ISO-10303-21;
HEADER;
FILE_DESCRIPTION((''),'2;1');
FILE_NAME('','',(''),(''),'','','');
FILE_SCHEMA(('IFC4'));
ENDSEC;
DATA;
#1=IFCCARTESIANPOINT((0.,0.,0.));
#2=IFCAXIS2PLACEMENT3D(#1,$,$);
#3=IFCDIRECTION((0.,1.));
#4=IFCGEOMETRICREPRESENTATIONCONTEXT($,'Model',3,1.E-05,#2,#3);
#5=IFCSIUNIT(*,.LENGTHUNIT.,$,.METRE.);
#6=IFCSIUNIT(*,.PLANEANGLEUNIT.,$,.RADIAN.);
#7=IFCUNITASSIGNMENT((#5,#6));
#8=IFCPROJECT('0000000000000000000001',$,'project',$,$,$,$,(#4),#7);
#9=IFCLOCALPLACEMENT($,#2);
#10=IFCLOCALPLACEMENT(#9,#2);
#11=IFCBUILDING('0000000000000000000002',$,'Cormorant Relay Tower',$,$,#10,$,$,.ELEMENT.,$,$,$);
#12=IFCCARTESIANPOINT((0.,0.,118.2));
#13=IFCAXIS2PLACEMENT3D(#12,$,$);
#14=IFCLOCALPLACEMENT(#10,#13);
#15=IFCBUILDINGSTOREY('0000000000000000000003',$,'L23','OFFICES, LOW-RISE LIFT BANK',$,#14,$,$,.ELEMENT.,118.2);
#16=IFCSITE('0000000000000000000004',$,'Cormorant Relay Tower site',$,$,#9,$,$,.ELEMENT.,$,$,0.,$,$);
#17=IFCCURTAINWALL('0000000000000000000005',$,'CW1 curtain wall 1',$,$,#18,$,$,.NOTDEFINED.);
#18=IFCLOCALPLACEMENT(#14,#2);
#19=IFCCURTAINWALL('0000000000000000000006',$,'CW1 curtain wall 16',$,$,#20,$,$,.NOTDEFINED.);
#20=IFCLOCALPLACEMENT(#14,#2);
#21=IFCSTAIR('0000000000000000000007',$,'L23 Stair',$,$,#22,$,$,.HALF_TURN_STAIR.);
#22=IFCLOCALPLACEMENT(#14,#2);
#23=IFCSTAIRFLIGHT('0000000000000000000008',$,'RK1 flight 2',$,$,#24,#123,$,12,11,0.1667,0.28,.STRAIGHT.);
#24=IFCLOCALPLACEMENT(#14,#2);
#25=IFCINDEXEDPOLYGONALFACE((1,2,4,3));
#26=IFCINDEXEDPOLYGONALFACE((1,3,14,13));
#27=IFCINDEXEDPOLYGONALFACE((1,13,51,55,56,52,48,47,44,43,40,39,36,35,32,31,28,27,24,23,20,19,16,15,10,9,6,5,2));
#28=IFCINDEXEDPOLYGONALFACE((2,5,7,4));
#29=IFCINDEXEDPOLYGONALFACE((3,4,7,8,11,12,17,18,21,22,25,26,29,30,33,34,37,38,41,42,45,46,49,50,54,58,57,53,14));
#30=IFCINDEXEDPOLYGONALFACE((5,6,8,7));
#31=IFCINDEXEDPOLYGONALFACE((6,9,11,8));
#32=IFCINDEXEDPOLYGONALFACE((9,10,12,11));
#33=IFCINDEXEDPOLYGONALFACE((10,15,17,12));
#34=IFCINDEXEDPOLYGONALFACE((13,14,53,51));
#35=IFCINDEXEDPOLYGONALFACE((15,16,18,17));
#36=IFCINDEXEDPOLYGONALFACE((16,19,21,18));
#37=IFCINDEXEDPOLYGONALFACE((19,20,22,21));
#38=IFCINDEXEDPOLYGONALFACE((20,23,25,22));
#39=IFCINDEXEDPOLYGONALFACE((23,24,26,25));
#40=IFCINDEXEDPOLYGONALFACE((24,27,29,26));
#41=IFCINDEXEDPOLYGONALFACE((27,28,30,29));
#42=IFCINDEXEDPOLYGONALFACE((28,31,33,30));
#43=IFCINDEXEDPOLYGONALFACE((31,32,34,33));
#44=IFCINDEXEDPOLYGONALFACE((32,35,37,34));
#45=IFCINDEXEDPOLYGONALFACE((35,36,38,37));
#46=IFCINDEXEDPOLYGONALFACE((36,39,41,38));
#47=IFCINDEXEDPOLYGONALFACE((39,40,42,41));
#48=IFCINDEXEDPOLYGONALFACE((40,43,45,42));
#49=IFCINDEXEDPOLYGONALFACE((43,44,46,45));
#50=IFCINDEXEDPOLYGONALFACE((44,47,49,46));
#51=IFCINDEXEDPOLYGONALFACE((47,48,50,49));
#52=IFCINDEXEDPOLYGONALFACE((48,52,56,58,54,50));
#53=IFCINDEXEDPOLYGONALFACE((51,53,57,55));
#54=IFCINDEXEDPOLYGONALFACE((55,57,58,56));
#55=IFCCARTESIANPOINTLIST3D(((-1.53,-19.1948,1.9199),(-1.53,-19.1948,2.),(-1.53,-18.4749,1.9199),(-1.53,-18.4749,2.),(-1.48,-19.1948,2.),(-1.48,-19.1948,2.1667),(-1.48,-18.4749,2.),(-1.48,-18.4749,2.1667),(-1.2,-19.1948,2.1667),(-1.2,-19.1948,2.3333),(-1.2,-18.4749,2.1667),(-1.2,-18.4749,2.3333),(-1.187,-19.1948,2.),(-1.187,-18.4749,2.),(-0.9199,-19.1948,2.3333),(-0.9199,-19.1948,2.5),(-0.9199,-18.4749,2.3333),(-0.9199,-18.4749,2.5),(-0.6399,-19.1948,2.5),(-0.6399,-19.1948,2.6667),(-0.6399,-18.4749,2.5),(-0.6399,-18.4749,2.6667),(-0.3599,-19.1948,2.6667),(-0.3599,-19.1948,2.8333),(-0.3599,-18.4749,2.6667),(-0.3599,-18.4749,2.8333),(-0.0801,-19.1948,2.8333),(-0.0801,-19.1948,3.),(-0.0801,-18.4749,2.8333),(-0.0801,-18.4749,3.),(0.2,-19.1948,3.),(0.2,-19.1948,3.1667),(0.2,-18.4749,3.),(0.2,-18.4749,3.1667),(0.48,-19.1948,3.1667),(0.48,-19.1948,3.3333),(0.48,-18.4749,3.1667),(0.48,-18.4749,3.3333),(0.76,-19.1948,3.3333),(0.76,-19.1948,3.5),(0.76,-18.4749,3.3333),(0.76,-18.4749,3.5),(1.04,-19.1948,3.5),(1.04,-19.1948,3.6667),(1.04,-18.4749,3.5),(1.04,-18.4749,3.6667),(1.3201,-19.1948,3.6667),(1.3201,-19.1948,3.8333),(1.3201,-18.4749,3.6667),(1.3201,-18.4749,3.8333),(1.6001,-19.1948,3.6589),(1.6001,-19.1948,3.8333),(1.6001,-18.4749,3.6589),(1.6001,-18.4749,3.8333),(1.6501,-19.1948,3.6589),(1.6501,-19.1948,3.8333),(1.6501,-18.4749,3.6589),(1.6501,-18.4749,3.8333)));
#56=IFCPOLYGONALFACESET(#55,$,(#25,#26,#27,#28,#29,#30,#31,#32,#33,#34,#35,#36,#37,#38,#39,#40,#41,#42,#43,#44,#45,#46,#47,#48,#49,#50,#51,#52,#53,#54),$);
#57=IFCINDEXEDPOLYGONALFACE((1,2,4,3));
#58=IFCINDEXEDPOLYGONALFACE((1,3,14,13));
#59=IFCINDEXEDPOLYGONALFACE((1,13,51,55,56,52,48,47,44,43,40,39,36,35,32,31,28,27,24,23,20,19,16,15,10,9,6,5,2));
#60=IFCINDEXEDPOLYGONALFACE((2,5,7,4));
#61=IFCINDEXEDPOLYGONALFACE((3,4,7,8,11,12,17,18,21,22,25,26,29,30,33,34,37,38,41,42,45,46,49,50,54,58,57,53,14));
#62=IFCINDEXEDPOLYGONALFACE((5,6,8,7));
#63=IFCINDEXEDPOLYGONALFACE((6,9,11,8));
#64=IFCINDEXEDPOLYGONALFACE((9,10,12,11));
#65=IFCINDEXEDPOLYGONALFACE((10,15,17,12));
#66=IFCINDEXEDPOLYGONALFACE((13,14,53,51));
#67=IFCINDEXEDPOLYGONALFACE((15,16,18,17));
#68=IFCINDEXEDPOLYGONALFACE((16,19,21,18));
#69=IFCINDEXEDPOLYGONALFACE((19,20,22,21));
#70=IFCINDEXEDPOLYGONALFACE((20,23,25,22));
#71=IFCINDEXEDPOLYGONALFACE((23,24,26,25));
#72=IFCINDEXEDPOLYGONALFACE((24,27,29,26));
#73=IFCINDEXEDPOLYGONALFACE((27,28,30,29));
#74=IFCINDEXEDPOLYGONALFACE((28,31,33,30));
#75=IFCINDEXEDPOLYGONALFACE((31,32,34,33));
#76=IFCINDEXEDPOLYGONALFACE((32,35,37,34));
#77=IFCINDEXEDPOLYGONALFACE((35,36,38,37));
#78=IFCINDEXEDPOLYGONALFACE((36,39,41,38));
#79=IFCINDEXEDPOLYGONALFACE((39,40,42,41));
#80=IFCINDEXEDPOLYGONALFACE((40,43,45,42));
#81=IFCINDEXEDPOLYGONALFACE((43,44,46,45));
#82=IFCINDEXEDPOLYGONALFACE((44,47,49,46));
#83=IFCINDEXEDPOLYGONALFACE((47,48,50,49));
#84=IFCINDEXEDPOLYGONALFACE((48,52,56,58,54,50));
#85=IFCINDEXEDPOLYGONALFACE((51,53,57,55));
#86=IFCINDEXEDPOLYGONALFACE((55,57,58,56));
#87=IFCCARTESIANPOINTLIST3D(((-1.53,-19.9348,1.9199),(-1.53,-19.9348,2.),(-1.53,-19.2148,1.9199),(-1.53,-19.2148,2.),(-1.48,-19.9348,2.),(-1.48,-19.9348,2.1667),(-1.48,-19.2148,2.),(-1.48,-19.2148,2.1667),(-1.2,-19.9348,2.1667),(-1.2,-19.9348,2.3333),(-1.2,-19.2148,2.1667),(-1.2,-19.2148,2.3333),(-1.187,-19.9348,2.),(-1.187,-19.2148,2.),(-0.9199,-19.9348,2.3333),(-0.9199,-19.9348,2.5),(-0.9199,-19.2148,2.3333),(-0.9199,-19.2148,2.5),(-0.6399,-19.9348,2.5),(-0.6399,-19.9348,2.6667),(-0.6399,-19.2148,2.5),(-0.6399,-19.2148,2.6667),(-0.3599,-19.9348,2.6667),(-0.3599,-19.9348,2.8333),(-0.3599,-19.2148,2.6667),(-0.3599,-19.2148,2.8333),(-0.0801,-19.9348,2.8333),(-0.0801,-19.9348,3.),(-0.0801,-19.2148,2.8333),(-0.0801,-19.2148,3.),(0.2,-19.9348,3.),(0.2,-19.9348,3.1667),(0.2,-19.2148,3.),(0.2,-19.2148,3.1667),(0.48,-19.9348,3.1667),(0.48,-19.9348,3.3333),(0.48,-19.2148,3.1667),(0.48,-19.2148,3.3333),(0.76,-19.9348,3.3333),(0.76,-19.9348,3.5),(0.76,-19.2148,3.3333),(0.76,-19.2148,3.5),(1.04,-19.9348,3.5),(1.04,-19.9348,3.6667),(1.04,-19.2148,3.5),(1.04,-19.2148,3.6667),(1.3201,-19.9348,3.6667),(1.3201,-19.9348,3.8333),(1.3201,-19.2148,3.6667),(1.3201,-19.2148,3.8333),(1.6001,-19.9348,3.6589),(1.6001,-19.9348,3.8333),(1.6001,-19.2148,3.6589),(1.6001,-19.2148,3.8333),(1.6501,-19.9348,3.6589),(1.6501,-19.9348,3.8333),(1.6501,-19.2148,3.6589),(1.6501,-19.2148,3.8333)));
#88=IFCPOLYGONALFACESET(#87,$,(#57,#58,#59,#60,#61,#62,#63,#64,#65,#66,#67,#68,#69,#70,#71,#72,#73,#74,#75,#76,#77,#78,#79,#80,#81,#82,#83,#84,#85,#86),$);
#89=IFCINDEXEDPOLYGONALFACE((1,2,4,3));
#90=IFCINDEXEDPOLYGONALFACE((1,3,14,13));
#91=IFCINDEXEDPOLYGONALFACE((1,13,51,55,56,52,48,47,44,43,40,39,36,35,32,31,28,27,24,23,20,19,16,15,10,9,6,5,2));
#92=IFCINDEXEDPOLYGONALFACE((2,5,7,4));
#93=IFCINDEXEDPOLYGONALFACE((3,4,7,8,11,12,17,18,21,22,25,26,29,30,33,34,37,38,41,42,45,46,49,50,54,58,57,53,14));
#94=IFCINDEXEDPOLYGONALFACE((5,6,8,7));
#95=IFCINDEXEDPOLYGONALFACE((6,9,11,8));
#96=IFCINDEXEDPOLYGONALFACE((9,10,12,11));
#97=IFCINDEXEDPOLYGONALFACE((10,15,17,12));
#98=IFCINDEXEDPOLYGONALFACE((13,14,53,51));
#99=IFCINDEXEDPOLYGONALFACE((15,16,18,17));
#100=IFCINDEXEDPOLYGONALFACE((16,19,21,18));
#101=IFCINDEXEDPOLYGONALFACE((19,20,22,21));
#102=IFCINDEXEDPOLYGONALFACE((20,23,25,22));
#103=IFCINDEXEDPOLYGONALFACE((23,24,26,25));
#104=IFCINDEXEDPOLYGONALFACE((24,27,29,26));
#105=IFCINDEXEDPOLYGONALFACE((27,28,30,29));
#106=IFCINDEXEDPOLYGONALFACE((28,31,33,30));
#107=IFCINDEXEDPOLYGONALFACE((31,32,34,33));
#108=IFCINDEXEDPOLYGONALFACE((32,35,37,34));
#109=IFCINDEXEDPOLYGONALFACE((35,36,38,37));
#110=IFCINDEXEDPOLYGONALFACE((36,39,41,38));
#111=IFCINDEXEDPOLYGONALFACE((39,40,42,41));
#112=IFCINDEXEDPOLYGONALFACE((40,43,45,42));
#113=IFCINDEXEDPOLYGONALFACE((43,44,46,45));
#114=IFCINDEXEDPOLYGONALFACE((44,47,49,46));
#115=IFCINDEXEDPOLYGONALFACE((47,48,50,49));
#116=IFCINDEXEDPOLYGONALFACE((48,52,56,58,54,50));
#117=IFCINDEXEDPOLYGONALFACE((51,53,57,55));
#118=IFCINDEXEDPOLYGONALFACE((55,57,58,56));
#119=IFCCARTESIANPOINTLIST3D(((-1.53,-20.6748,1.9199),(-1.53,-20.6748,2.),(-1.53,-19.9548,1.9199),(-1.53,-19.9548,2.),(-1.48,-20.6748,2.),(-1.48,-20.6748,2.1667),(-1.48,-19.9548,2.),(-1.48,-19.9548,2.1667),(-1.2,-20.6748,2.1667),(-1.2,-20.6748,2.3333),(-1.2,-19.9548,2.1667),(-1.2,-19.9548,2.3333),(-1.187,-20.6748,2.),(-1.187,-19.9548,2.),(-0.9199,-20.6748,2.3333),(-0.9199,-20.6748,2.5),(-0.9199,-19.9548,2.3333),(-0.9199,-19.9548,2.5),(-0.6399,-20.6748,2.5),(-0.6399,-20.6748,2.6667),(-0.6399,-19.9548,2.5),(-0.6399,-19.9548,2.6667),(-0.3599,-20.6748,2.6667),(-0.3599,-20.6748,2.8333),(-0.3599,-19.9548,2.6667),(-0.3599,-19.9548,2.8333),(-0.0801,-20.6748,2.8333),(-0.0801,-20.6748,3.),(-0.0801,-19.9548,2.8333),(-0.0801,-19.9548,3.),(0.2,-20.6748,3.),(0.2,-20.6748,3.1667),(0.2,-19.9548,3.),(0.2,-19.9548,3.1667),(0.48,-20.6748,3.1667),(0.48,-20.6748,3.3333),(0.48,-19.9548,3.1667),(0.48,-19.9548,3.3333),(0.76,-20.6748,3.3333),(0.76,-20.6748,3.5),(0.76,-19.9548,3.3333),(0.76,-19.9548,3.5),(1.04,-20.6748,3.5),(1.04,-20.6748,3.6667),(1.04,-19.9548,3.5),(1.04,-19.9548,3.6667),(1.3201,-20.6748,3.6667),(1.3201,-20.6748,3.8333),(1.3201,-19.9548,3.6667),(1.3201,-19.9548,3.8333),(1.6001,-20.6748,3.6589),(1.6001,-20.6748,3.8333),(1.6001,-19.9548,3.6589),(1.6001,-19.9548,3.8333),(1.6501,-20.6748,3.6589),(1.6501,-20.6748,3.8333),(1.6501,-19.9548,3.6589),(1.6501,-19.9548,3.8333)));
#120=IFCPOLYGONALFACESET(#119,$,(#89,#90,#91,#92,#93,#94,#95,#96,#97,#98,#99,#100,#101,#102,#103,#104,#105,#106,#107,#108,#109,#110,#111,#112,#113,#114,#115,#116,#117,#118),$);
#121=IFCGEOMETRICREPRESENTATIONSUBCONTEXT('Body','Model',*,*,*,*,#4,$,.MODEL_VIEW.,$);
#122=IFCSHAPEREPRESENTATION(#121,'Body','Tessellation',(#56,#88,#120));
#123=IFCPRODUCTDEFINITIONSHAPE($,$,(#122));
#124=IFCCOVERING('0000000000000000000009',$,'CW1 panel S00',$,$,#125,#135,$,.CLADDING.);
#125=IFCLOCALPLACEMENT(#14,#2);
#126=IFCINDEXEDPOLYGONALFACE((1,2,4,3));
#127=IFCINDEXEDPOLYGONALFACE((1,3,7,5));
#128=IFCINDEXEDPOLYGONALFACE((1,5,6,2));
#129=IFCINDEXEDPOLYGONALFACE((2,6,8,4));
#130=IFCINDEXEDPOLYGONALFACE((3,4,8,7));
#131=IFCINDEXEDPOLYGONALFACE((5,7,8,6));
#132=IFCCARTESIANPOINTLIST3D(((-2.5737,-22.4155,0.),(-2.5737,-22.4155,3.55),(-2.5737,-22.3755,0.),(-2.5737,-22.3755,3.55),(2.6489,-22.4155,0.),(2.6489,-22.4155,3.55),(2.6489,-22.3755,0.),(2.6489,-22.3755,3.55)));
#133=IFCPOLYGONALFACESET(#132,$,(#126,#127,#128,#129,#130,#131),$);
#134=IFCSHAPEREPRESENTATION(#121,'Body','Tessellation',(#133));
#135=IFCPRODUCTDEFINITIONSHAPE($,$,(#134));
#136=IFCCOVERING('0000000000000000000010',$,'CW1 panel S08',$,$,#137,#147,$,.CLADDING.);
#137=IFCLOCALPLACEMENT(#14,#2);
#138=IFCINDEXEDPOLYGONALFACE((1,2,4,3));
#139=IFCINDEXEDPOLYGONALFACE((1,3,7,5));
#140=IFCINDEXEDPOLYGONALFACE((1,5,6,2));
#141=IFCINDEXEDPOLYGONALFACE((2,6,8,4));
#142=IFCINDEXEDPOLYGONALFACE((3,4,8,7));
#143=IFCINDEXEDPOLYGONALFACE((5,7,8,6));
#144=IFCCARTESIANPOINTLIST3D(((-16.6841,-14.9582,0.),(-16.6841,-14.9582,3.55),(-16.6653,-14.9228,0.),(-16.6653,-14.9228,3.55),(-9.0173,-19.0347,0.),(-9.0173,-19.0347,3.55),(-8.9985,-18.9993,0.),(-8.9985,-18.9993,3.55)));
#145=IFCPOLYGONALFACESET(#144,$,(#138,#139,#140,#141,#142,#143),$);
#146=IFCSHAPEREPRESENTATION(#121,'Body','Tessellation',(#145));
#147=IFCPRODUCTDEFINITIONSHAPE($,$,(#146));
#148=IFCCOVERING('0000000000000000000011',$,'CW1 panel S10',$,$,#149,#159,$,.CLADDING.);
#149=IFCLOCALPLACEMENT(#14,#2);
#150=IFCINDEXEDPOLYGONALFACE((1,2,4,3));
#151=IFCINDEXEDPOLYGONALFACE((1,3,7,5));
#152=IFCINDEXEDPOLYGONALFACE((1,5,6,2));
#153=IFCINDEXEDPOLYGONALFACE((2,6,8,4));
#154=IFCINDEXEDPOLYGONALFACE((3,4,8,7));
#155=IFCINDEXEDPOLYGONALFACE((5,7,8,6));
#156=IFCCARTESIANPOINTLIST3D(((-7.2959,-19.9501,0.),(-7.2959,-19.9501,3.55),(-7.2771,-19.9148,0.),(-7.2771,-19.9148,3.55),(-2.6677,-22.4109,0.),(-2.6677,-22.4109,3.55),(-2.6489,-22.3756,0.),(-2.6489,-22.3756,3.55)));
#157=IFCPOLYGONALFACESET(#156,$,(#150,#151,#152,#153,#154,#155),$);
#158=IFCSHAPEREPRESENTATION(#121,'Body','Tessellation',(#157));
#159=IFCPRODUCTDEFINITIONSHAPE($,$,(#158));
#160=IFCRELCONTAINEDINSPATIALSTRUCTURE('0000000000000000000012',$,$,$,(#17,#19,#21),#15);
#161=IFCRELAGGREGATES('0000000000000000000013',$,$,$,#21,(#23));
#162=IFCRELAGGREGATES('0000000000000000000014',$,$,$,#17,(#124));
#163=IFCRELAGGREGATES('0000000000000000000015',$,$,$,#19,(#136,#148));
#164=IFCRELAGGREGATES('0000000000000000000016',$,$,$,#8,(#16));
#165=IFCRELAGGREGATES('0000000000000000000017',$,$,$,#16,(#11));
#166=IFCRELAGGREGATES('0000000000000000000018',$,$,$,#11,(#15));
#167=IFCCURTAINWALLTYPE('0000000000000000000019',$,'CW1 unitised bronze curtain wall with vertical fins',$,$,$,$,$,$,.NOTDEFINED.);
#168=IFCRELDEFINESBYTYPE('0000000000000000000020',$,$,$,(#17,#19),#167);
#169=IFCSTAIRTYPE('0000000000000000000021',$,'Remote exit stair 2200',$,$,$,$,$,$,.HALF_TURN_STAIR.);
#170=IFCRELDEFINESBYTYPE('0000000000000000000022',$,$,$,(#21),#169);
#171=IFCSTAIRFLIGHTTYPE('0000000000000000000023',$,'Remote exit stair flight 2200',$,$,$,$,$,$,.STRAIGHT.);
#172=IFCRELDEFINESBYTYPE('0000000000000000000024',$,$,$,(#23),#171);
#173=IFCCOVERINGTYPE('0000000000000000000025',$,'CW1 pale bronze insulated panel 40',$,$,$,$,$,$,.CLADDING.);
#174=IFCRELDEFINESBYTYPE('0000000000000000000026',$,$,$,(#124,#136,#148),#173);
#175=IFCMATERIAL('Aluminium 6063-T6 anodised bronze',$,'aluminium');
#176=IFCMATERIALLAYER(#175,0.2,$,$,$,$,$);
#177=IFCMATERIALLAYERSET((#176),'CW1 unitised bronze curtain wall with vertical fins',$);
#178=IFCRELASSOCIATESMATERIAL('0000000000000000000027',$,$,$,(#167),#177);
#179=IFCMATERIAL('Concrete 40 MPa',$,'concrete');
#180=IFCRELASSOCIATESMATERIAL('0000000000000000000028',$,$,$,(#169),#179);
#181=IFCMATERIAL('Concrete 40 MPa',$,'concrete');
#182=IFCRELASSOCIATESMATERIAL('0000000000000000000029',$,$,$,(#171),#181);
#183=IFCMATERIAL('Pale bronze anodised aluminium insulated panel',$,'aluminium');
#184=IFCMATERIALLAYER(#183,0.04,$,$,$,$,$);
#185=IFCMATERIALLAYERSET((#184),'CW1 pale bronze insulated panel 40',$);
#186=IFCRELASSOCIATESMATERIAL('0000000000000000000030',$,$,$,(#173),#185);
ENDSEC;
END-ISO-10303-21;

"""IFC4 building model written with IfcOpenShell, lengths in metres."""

from ifc_helpers import new_model, si_unit, direction, frame, origin, origin_2d, place, context, subcontext, project, spatial, polyline, rectangle, outline, extrude, material, layer, layer_set, type_object, element, aggregate, save


model = new_model("IFC4")

# Units and contexts
model_context = context("Model", 3, precision=1e-05, world=origin(), true_north=direction((0.0, 1.0)))
body_context = subcontext(model_context, "Body", "Model", "MODEL_VIEW")
ifc_project = project(units=[si_unit("LENGTHUNIT", "METRE"), si_unit("PLANEANGLEUNIT", "RADIAN")], contexts=[model_context])

# Site, building, storey
site_placement = place(None, origin())
site = spatial("IfcSite", under=ifc_project, at=site_placement, Name="Cormorant Relay Tower site", CompositionType="ELEMENT", RefElevation=0.0)
building_placement = place(site_placement, origin())
building = spatial("IfcBuilding", under=site, at=building_placement, Name="Cormorant Relay Tower", CompositionType="ELEMENT")
storey_placement = place(building_placement, frame((0.0, 0.0, 118.2)))
storey = spatial("IfcBuildingStorey", under=building, at=storey_placement, Name="L23", Description="OFFICES, LOW-RISE LIFT BANK", CompositionType="ELEMENT", Elevation=118.2)

# Curtain wall
ifc_material_1 = material(Name="Aluminium 6063-T6 anodised bronze", Category="aluminium")
ifc_layer_1 = layer(ifc_material_1, 0.2)
ifc_layer_set_1 = layer_set([ifc_layer_1], Name="CW1 unitised bronze curtain wall with vertical fins")
curtain_wall_type = type_object("IfcCurtainWallType", Name="CW1 unitised bronze curtain wall with vertical fins", PredefinedType="NOTDEFINED", material=ifc_layer_set_1)
curtain_wall_1_placement = place(storey_placement, origin())
curtain_wall_1 = element("IfcCurtainWall", 1, at=curtain_wall_1_placement, inside=storey, type_object=curtain_wall_type, Name="CW1 curtain wall 1", PredefinedType="NOTDEFINED")

# Curtain wall
curtain_wall_2_placement = place(storey_placement, origin())
curtain_wall_2 = element("IfcCurtainWall", 2, at=curtain_wall_2_placement, inside=storey, type_object=curtain_wall_type, Name="CW1 curtain wall 16", PredefinedType="NOTDEFINED")

# Stair, stair flight
ifc_material_2 = material(Name="Concrete 40 MPa", Category="concrete")
stair_type = type_object("IfcStairType", Name="Remote exit stair 2200", PredefinedType="HALF_TURN_STAIR", material=ifc_material_2)
stair_placement = place(storey_placement, origin())
stair = element("IfcStair", 3, at=stair_placement, inside=storey, type_object=stair_type, Name="L23 Stair", PredefinedType="HALF_TURN_STAIR")
ifc_material_3 = material(Name="Concrete 40 MPa", Category="concrete")
stair_flight_type = type_object("IfcStairFlightType", Name="Remote exit stair flight 2200", PredefinedType="STRAIGHT", material=ifc_material_3)
stair_flight_1_placement = place(storey_placement, frame((-1.48, -19.575, 2.0), z_axis=(0.0, 0.0, 1.0), x_axis=(1.0, 0.0, 0.0)))
stair_flight_1 = element("IfcStairFlight", 4, at=stair_flight_1_placement, type_object=stair_flight_type, Name="RK1 flight 2", NumberOfRisers=12, NumberOfTreads=11, PredefinedType="STRAIGHT", RiserHeight=0.1667, TreadLength=0.28, context=body_context, shape_type="SweptSolid", body=[
    extrude(outline(polyline([(-0.05, -0.0801), (-0.05, 0.0), (0.0, 0.0), (0.0, 0.1667), (0.28, 0.1667), (0.28, 0.3333), (0.5601, 0.3333), (0.5601, 0.5), (0.8401, 0.5), (0.8401, 0.6667), (1.1201, 0.6667), (1.1201, 0.8333), (1.3999, 0.8333), (1.3999, 1.0), (1.6799, 1.0), (1.6799, 1.1667), (1.96, 1.1667), (1.96, 1.3333), (2.24, 1.3333), (2.24, 1.5), (2.52, 1.5), (2.52, 1.6667), (2.8, 1.6667), (2.8, 1.8333), (3.0801, 1.8333), (3.1301, 1.8333), (3.1301, 1.6589), (3.0801, 1.6589), (0.293, 0.0), (-0.05, -0.0801)])), frame((0.0, 1.1001, 0.0), z_axis=(0.0, -1.0, 0.0), x_axis=(1.0, 0.0, 0.0)), (0.0, 0.0, 1.0), 0.72),
    extrude(outline(polyline([(-0.05, -0.0801), (-0.05, 0.0), (0.0, 0.0), (0.0, 0.1667), (0.28, 0.1667), (0.28, 0.3333), (0.5601, 0.3333), (0.5601, 0.5), (0.8401, 0.5), (0.8401, 0.6667), (1.1201, 0.6667), (1.1201, 0.8333), (1.3999, 0.8333), (1.3999, 1.0), (1.6799, 1.0), (1.6799, 1.1667), (1.96, 1.1667), (1.96, 1.3333), (2.24, 1.3333), (2.24, 1.5), (2.52, 1.5), (2.52, 1.6667), (2.8, 1.6667), (2.8, 1.8333), (3.0801, 1.8333), (3.1301, 1.8333), (3.1301, 1.6589), (3.0801, 1.6589), (0.293, 0.0), (-0.05, -0.0801)])), frame((0.0, 0.3601, 0.0), z_axis=(0.0, -1.0, 0.0), x_axis=(1.0, 0.0, 0.0)), (0.0, 0.0, 1.0), 0.72),
    extrude(outline(polyline([(-0.05, -0.0801), (-0.05, 0.0), (0.0, 0.0), (0.0, 0.1667), (0.28, 0.1667), (0.28, 0.3333), (0.5601, 0.3333), (0.5601, 0.5), (0.8401, 0.5), (0.8401, 0.6667), (1.1201, 0.6667), (1.1201, 0.8333), (1.3999, 0.8333), (1.3999, 1.0), (1.6799, 1.0), (1.6799, 1.1667), (1.96, 1.1667), (1.96, 1.3333), (2.24, 1.3333), (2.24, 1.5), (2.52, 1.5), (2.52, 1.6667), (2.8, 1.6667), (2.8, 1.8333), (3.0801, 1.8333), (3.1301, 1.8333), (3.1301, 1.6589), (3.0801, 1.6589), (0.293, 0.0), (-0.05, -0.0801)])), frame((0.0, -0.3799, 0.0), z_axis=(0.0, -1.0, 0.0), x_axis=(1.0, 0.0, 0.0)), (0.0, 0.0, 1.0), 0.72),
])
aggregate(stair, [stair_flight_1])

# Coverings
ifc_material_4 = material(Name="Pale bronze anodised aluminium insulated panel", Category="aluminium")
ifc_layer_2 = layer(ifc_material_4, 0.04)
ifc_layer_set_2 = layer_set([ifc_layer_2], Name="CW1 pale bronze insulated panel 40")
covering_type = type_object("IfcCoveringType", Name="CW1 pale bronze insulated panel 40", PredefinedType="CLADDING", material=ifc_layer_set_2)
covering_1_placement = place(storey_placement, frame((0.0376, -22.3955, 0.0), z_axis=(0.0, 0.0, 1.0), x_axis=(1.0, 0.0, 0.0)))
covering_1 = element("IfcCovering", 5, at=covering_1_placement, type_object=covering_type, Name="CW1 panel S00", PredefinedType="CLADDING", context=body_context, shape_type="SweptSolid", body=[
    extrude(rectangle(XDim=5.2227, YDim=0.04, at=origin_2d()), origin(), (0.0, 0.0, 1.0), 3.55),
])
aggregate(curtain_wall_1, [covering_1])
covering_2_placement = place(storey_placement, frame((-12.8413, -16.9788, 0.0), z_axis=(0.0, 0.0, 1.0), x_axis=(0.882948, -0.469472, 0.0)))
covering_2 = element("IfcCovering", 6, at=covering_2_placement, type_object=covering_type, Name="CW1 panel S08", PredefinedType="CLADDING", context=body_context, shape_type="SweptSolid", body=[
    extrude(rectangle(XDim=8.6831, YDim=0.04, at=origin_2d()), origin(), (0.0, 0.0, 1.0), 3.55),
])
covering_3_placement = place(storey_placement, frame((-4.9724, -21.1628, 0.0), z_axis=(0.0, 0.0, 1.0), x_axis=(0.882948, -0.469472, 0.0)))
covering_3 = element("IfcCovering", 7, at=covering_3_placement, type_object=covering_type, Name="CW1 panel S10", PredefinedType="CLADDING", context=body_context, shape_type="SweptSolid", body=[
    extrude(rectangle(XDim=5.2417, YDim=0.04, at=origin_2d()), origin(), (0.0, 0.0, 1.0), 3.55),
])
aggregate(curtain_wall_2, [covering_2, covering_3])

save(model, "model.ifc")
